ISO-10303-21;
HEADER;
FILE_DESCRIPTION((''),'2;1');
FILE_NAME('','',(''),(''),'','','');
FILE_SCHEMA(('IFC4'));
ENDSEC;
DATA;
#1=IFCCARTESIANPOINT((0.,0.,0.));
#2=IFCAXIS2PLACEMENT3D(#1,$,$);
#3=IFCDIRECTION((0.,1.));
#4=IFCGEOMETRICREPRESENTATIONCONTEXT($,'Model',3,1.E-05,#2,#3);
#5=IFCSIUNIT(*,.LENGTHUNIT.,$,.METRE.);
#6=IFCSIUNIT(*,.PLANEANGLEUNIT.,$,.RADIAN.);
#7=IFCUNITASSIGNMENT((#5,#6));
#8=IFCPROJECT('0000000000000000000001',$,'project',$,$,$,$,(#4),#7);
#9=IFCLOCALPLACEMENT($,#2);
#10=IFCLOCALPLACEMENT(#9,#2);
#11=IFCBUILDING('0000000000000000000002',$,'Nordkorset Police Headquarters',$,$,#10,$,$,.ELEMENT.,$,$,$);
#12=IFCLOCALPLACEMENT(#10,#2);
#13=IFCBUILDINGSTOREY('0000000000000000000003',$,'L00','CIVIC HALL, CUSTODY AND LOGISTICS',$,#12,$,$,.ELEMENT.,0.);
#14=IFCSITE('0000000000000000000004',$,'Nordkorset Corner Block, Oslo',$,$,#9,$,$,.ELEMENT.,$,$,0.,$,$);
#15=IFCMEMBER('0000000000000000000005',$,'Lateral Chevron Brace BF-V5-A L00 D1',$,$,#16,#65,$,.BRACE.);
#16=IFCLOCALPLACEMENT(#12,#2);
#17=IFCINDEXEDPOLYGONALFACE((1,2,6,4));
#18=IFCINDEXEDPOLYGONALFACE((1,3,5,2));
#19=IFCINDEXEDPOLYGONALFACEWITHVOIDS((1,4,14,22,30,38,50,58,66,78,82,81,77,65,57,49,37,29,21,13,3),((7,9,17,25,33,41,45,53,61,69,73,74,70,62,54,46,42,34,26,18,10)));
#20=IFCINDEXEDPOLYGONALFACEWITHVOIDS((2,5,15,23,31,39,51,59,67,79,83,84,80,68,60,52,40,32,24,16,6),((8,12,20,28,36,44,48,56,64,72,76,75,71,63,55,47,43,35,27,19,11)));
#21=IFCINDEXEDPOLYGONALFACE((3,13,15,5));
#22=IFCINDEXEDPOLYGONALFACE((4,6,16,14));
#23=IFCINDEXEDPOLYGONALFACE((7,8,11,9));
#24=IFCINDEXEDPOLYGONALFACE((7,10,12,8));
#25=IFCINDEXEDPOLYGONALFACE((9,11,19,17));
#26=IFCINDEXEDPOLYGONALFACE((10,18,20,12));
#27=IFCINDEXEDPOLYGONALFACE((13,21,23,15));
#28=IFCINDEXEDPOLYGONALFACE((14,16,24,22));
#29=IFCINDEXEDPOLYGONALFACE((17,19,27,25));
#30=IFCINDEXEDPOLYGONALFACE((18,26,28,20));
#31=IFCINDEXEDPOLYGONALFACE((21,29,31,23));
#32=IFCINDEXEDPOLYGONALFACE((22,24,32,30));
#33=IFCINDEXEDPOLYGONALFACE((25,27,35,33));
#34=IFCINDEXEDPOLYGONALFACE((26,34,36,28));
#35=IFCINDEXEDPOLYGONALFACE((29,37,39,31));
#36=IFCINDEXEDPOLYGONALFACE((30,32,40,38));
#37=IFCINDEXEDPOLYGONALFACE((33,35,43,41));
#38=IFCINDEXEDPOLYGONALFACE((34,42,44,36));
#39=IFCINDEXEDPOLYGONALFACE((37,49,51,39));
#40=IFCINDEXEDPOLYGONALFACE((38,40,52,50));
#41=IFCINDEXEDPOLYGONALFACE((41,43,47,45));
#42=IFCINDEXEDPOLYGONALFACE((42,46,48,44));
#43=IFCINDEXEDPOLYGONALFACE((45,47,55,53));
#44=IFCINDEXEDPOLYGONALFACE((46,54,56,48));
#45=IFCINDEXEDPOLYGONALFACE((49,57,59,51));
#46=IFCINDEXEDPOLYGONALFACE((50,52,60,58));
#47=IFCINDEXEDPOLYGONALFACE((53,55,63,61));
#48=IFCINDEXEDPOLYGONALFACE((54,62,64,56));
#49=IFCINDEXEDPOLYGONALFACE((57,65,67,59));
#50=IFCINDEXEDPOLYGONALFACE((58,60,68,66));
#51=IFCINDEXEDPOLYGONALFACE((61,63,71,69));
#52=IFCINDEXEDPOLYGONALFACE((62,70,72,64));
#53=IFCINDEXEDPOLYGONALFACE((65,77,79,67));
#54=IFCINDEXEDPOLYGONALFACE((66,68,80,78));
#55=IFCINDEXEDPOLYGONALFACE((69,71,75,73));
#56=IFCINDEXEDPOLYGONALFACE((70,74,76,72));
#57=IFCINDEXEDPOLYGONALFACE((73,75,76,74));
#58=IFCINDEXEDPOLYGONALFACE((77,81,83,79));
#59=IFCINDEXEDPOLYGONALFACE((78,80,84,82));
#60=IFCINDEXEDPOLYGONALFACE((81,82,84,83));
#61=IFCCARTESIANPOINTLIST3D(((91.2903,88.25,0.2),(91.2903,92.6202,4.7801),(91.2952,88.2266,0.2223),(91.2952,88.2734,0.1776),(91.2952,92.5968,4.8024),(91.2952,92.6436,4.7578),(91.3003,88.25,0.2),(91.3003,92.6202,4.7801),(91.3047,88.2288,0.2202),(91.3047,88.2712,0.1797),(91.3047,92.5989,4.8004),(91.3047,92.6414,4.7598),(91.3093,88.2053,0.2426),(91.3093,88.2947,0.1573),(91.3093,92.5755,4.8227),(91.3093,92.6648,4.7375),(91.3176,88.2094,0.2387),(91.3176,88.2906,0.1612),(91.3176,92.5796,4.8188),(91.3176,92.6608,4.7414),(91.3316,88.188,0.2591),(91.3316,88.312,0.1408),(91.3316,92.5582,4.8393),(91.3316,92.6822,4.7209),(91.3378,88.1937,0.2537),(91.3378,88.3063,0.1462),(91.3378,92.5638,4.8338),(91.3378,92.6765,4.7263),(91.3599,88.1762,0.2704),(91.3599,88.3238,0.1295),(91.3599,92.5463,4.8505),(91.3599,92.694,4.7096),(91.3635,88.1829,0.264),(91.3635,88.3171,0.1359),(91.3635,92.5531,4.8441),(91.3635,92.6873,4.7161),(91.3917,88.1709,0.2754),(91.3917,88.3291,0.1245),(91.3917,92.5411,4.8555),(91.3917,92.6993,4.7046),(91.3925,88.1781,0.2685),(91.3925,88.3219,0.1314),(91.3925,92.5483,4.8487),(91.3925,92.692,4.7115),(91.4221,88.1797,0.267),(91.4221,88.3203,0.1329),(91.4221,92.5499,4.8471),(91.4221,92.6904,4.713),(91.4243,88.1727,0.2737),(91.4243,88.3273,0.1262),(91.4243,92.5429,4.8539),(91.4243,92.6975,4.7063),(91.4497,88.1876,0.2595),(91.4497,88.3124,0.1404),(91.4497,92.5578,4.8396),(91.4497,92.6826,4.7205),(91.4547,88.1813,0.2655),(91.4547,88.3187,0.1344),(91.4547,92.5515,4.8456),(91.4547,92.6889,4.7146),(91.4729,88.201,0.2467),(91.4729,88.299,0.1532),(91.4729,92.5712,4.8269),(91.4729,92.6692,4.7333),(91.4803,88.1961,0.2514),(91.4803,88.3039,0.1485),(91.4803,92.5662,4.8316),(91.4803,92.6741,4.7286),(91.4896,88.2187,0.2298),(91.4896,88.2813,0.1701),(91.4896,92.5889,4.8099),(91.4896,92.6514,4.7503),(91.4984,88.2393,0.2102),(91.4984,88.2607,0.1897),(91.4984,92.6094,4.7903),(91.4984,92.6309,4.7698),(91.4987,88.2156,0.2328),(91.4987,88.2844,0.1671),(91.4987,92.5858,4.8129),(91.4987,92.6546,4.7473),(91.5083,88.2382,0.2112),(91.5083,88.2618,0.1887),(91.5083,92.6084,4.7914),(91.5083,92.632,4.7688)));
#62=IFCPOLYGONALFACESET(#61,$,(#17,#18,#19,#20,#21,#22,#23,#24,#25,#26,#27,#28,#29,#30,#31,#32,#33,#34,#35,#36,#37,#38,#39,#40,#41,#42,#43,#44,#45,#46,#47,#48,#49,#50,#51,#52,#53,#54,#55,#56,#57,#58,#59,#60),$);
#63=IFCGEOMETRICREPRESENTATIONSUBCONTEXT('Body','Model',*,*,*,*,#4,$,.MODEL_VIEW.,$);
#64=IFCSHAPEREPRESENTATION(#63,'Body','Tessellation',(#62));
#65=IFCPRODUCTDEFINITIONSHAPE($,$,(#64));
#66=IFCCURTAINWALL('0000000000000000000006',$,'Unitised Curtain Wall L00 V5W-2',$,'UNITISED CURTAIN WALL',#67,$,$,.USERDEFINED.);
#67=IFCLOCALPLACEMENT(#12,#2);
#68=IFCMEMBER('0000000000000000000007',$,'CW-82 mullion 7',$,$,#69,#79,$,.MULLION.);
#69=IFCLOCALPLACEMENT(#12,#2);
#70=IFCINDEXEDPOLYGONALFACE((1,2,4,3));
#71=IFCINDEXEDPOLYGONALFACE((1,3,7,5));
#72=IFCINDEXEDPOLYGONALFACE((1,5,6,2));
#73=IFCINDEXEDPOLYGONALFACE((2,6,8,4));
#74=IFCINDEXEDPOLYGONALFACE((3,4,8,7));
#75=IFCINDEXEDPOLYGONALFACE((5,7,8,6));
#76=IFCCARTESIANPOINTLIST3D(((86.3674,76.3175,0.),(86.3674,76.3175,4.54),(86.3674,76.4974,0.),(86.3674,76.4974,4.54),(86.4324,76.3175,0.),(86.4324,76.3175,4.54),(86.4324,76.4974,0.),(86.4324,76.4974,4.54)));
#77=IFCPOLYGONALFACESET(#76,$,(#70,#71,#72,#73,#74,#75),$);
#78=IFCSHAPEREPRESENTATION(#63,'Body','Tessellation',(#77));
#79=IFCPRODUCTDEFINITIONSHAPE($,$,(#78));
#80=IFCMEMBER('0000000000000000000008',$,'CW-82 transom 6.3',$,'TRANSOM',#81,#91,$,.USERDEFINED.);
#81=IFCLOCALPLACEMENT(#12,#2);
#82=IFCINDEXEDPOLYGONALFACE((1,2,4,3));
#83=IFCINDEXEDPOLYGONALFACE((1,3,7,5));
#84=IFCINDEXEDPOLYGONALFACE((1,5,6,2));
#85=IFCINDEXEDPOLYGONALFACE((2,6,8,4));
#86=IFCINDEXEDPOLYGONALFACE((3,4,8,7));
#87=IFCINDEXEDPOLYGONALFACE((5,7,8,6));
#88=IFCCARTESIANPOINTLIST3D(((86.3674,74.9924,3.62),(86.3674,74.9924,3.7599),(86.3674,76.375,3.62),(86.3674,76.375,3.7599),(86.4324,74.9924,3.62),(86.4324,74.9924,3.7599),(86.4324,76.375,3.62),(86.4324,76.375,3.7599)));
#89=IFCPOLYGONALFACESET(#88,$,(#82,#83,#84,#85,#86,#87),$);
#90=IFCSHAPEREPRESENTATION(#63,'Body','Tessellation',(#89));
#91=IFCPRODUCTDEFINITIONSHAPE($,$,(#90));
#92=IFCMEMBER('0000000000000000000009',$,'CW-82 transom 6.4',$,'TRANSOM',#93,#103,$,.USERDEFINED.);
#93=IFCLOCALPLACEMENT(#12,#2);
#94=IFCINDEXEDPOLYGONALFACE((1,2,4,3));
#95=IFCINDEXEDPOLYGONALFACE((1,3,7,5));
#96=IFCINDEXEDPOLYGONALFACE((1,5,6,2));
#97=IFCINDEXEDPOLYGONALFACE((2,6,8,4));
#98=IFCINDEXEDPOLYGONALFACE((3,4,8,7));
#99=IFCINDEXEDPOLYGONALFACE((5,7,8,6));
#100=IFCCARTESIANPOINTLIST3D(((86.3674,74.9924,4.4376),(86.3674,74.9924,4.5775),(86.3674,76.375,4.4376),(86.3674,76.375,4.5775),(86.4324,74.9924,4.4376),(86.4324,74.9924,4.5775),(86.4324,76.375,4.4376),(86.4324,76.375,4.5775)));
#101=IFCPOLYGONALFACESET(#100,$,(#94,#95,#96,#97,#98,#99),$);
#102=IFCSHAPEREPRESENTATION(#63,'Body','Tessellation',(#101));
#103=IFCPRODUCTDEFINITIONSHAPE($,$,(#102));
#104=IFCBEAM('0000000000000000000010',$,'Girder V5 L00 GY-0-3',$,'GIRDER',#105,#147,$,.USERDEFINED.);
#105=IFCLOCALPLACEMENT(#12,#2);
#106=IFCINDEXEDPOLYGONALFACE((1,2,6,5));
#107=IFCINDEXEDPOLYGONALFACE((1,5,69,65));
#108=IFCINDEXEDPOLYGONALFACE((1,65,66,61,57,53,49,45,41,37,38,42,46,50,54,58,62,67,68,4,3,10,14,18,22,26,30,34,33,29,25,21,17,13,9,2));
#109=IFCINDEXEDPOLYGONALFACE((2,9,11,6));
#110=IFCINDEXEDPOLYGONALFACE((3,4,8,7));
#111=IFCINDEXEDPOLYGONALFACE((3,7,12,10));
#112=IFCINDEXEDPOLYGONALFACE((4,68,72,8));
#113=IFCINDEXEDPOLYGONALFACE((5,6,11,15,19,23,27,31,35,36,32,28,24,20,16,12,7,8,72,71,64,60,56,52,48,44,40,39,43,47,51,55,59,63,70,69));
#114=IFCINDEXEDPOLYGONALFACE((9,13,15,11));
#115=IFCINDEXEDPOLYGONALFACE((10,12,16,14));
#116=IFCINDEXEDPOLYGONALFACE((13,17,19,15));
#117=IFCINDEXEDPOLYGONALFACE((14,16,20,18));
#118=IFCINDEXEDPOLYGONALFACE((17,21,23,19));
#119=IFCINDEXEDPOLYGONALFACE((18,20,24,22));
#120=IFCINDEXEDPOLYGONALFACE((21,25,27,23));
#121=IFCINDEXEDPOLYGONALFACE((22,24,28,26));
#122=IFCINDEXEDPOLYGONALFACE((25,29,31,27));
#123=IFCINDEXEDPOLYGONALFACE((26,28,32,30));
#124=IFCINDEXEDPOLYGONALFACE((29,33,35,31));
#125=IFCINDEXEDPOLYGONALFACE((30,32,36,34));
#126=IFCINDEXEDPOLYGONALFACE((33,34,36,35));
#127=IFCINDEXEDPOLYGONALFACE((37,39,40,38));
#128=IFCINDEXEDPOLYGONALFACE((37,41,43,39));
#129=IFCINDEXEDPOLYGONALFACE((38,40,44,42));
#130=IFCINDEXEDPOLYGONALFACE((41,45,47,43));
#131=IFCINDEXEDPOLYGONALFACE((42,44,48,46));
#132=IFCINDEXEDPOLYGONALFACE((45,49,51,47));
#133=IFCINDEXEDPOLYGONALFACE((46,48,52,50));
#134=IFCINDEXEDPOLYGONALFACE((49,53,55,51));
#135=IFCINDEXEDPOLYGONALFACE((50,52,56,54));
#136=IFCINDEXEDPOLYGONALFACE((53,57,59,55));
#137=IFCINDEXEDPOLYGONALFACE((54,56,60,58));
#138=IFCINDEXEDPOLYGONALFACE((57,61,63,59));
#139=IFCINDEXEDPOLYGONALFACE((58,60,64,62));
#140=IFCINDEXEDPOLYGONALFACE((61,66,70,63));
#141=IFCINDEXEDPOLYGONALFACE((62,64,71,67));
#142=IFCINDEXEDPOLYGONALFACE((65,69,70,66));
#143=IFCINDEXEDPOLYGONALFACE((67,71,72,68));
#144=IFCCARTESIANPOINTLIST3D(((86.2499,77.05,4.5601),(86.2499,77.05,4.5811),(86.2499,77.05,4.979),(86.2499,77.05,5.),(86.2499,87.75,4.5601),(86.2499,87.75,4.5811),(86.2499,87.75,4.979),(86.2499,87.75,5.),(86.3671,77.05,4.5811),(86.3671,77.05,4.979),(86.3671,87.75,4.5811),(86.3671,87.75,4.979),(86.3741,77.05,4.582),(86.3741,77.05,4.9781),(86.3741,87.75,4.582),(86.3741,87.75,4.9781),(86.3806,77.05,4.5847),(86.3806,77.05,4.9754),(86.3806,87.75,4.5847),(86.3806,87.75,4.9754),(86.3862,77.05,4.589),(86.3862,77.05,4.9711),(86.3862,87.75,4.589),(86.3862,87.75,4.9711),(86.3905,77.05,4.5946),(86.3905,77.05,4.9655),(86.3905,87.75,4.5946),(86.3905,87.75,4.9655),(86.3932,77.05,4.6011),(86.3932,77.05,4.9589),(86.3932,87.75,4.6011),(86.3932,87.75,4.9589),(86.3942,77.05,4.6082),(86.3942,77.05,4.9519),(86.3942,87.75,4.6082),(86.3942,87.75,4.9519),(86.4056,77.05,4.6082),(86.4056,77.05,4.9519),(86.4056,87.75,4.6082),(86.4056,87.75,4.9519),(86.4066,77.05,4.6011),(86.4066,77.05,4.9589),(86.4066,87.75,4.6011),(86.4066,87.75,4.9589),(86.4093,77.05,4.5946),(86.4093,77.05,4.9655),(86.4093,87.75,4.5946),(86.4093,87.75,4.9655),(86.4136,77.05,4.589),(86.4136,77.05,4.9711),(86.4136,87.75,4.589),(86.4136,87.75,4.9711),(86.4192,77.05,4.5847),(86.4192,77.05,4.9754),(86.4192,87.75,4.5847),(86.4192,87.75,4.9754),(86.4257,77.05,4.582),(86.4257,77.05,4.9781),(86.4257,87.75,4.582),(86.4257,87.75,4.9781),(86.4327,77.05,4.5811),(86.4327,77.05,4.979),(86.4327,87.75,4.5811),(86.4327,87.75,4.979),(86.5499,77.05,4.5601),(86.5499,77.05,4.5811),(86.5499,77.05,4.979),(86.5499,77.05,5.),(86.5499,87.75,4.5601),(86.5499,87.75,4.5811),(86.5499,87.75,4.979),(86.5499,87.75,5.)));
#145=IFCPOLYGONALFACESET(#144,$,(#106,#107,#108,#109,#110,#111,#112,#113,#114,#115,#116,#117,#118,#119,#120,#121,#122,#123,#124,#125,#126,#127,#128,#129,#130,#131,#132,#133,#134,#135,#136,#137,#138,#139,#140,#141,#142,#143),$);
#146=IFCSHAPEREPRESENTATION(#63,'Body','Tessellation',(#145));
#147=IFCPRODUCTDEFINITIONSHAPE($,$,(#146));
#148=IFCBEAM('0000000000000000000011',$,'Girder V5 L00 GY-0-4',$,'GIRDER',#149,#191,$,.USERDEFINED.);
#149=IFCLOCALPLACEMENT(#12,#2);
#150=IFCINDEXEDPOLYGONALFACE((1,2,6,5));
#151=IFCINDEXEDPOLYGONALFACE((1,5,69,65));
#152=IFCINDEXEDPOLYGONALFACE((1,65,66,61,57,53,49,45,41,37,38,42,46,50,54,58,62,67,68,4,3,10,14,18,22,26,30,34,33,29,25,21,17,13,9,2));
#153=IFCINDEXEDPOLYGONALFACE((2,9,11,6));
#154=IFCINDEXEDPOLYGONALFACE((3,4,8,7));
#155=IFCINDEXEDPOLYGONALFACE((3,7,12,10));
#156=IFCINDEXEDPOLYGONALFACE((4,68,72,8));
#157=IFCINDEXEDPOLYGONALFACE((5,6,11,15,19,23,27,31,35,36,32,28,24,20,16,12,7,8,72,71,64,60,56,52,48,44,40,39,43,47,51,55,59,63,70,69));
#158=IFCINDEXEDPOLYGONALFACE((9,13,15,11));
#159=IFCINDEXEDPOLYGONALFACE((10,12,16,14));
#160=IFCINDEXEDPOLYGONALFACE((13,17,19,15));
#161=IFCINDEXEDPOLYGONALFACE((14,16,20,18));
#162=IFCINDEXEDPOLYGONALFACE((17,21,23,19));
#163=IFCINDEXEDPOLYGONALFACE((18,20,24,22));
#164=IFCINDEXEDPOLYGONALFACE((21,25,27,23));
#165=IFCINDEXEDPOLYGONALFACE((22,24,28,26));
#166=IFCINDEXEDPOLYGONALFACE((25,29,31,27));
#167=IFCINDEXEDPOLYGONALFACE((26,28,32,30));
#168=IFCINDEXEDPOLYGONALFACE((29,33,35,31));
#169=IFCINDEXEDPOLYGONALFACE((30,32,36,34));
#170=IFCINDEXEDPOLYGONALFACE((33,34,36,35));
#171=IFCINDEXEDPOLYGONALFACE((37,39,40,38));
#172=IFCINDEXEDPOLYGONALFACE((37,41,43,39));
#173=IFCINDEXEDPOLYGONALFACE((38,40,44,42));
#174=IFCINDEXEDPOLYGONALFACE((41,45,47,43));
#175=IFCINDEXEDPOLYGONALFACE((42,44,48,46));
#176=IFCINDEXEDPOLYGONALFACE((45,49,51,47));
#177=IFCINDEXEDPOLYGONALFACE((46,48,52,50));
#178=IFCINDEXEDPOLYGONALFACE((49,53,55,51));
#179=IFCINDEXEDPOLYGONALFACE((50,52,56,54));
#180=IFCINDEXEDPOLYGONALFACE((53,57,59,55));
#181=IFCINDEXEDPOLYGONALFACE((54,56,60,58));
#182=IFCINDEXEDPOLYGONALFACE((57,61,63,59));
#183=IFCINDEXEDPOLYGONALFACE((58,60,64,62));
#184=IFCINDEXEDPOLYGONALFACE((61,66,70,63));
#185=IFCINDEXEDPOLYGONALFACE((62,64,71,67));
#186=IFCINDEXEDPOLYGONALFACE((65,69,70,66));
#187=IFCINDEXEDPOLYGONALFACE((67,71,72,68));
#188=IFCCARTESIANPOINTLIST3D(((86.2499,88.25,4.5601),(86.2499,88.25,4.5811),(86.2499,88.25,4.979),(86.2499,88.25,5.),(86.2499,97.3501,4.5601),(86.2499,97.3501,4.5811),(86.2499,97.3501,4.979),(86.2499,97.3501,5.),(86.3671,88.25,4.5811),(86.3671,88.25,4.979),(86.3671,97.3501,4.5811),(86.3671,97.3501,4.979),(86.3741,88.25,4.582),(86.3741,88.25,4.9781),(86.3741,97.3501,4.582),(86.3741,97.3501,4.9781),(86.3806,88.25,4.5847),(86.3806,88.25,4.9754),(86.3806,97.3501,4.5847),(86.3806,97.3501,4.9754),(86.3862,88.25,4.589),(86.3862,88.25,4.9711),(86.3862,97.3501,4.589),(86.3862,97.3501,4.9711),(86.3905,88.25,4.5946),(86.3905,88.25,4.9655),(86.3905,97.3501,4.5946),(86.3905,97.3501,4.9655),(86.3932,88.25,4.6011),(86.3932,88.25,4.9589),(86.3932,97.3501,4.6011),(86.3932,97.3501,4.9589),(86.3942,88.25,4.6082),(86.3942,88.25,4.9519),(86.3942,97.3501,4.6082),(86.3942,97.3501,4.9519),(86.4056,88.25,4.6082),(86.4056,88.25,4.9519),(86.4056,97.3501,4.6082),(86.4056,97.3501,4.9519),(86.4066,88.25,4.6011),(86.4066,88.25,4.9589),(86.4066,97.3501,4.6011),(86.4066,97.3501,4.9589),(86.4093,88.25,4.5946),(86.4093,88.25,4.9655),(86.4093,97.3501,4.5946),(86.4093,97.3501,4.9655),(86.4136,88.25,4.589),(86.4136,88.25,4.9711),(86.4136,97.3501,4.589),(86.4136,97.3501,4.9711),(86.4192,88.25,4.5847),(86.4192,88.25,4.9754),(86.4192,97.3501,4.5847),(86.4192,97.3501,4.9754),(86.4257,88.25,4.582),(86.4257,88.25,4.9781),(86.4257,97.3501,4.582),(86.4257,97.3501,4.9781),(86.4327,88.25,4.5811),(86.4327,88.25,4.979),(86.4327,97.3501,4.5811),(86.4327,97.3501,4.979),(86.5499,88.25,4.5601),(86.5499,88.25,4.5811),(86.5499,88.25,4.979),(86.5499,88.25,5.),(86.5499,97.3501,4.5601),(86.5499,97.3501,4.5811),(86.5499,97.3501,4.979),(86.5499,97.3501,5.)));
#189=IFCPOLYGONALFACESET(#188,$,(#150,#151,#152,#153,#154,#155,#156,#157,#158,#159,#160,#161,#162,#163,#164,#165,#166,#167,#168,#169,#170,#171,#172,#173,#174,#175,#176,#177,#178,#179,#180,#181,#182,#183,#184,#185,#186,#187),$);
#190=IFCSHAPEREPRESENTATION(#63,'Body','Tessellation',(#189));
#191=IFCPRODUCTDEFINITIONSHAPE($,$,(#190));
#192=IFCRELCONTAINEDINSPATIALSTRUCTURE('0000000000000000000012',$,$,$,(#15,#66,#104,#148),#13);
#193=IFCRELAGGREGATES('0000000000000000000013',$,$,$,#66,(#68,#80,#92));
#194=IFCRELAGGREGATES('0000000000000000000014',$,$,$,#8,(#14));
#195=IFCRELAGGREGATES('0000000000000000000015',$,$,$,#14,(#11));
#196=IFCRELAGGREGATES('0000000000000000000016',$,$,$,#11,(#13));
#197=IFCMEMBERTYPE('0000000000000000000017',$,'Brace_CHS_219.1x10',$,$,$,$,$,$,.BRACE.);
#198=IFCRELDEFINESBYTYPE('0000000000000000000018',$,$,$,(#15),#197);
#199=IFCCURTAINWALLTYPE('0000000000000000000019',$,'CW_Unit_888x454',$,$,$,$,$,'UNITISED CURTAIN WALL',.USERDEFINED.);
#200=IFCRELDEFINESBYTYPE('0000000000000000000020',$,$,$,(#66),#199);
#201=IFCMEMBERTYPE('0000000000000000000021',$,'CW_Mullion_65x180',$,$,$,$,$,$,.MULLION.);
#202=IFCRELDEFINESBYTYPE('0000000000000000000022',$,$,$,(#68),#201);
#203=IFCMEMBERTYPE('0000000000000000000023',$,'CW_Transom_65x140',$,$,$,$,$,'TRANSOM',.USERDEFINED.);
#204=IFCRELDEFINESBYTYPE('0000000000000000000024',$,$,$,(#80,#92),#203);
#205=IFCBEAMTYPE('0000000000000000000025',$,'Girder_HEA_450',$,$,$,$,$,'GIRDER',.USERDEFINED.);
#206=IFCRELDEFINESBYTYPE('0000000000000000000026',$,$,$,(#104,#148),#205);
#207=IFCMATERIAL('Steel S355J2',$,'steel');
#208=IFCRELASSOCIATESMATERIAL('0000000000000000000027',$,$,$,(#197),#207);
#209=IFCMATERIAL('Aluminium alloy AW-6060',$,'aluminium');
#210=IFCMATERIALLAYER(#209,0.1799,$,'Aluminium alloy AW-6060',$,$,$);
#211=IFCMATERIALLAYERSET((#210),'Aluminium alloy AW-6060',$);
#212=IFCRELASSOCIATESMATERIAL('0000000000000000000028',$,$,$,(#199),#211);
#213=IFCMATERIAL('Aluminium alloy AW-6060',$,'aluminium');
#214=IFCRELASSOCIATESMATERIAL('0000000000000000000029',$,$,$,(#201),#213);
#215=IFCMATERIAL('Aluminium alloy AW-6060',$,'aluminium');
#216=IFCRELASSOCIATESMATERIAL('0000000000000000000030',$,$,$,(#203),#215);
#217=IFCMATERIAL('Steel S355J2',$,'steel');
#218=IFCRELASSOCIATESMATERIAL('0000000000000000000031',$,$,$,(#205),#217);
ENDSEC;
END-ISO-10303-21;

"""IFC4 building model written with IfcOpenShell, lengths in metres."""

from ifc_helpers import new_model, si_unit, direction, frame, origin, origin_2d, place, context, subcontext, project, spatial, rectangle, hollow_circle, i_section, extrude, material, layer, layer_set, material_profile, profile_set, type_object, element, aggregate, save


model = new_model("IFC4")

# Units and contexts
model_context = context("Model", 3, precision=1e-05, world=origin(), true_north=direction((0.0, 1.0)))
body_context = subcontext(model_context, "Body", "Model", "MODEL_VIEW")
ifc_project = project(units=[si_unit("LENGTHUNIT", "METRE"), si_unit("PLANEANGLEUNIT", "RADIAN")], contexts=[model_context])

# Site, building, storey
site_placement = place(None, origin())
site = spatial("IfcSite", under=ifc_project, at=site_placement, Name="Nordkorset Corner Block, Oslo", CompositionType="ELEMENT", RefElevation=0.0)
building_placement = place(site_placement, origin())
building = spatial("IfcBuilding", under=site, at=building_placement, Name="Nordkorset Police Headquarters", CompositionType="ELEMENT")
storey_placement = place(building_placement, origin())
storey = spatial("IfcBuildingStorey", under=building, at=storey_placement, Name="L00", Description="CIVIC HALL, CUSTODY AND LOGISTICS", CompositionType="ELEMENT", Elevation=0.0)

# Member
ifc_material_1 = material(Name="Steel S355J2", Category="steel")
ifc_material_profile_1 = material_profile(ifc_material_1, hollow_circle(Radius=0.1096, WallThickness=0.01, at=origin_2d()), Name="CHS 219.1x10")
ifc_profile_set_1 = profile_set([ifc_material_profile_1], Name="Steel S355J2")
member_type_1 = type_object("IfcMemberType", Name="Brace_CHS_219.1x10", PredefinedType="BRACE", material=ifc_profile_set_1)
member_1_placement = place(storey_placement, frame((91.3999, 88.25, 0.2), z_axis=(0.0, 0.690329, 0.723496), x_axis=(-1.0, 0.0, 0.0)))
element("IfcMember", 1, at=member_1_placement, inside=storey, type_object=member_type_1, Name="Lateral Chevron Brace BF-V5-A L00 D1", PredefinedType="BRACE", context=body_context, shape_type="SweptSolid", body=[
    extrude(hollow_circle(Radius=0.1096, WallThickness=0.01, at=origin_2d()), origin(), (0.0, 0.0, 1.0), 6.3306),
])

# Curtain wall, members
ifc_material_2 = material(Name="Aluminium alloy AW-6060", Category="aluminium")
ifc_layer_1 = layer(ifc_material_2, 0.1799, Name="Aluminium alloy AW-6060")
ifc_layer_set_1 = layer_set([ifc_layer_1], Name="Aluminium alloy AW-6060")
curtain_wall_type = type_object("IfcCurtainWallType", Name="CW_Unit_888x454", ElementType="UNITISED CURTAIN WALL", PredefinedType="USERDEFINED", material=ifc_layer_set_1)
curtain_wall_placement = place(storey_placement, origin())
curtain_wall = element("IfcCurtainWall", 2, at=curtain_wall_placement, inside=storey, type_object=curtain_wall_type, Name="Unitised Curtain Wall L00 V5W-2", ObjectType="UNITISED CURTAIN WALL", PredefinedType="USERDEFINED")
ifc_material_3 = material(Name="Aluminium alloy AW-6060", Category="aluminium")
ifc_material_profile_2 = material_profile(ifc_material_3, rectangle(XDim=0.0649, YDim=0.1799, at=origin_2d()), Name="ALU MULL 65x180")
ifc_profile_set_2 = profile_set([ifc_material_profile_2], Name="Aluminium alloy AW-6060")
member_type_2 = type_object("IfcMemberType", Name="CW_Mullion_65x180", PredefinedType="MULLION", material=ifc_profile_set_2)
member_2_placement = place(storey_placement, frame((86.3999, 76.4075, 0.0), z_axis=(0.0, 0.0, 1.0), x_axis=(-1.0, 0.0, 0.0)))
member_2 = element("IfcMember", 3, at=member_2_placement, type_object=member_type_2, Name="CW-82 mullion 7", PredefinedType="MULLION", context=body_context, shape_type="SweptSolid", body=[
    extrude(rectangle(XDim=0.0649, YDim=0.1799, at=origin_2d()), origin(), (0.0, 0.0, 1.0), 4.54),
])
ifc_material_4 = material(Name="Aluminium alloy AW-6060", Category="aluminium")
ifc_material_profile_3 = material_profile(ifc_material_4, rectangle(XDim=0.0649, YDim=0.1399, at=origin_2d()), Name="ALU TRAN 65x140")
ifc_profile_set_3 = profile_set([ifc_material_profile_3], Name="Aluminium alloy AW-6060")
member_type_3 = type_object("IfcMemberType", Name="CW_Transom_65x140", ElementType="TRANSOM", PredefinedType="USERDEFINED", material=ifc_profile_set_3)
member_3_placement = place(storey_placement, frame((86.3999, 74.9924, 3.6899), z_axis=(0.0, 1.0, 0.0), x_axis=(-1.0, 0.0, 0.0)))
member_3 = element("IfcMember", 4, at=member_3_placement, type_object=member_type_3, Name="CW-82 transom 6.3", ObjectType="TRANSOM", PredefinedType="USERDEFINED", context=body_context, shape_type="SweptSolid", body=[
    extrude(rectangle(XDim=0.0649, YDim=0.1399, at=origin_2d()), origin(), (0.0, 0.0, 1.0), 1.3826),
])
member_4_placement = place(storey_placement, frame((86.3999, 74.9924, 4.5076), z_axis=(0.0, 1.0, 0.0), x_axis=(-1.0, 0.0, 0.0)))
member_4 = element("IfcMember", 5, at=member_4_placement, type_object=member_type_3, Name="CW-82 transom 6.4", ObjectType="TRANSOM", PredefinedType="USERDEFINED", context=body_context, shape_type="SweptSolid", body=[
    extrude(rectangle(XDim=0.0649, YDim=0.1399, at=origin_2d()), origin(), (0.0, 0.0, 1.0), 1.3826),
])

# Beams
ifc_material_5 = material(Name="Steel S355J2", Category="steel")
ifc_material_profile_4 = material_profile(ifc_material_5, i_section(OverallWidth=0.3, OverallDepth=0.4399, WebThickness=0.0115, FlangeThickness=0.021, FilletRadius=0.0271, at=origin_2d()), Name="HEA 450")
ifc_profile_set_4 = profile_set([ifc_material_profile_4], Name="Steel S355J2")
beam_type_1 = type_object("IfcBeamType", Name="Girder_HEA_450", ElementType="GIRDER", PredefinedType="USERDEFINED", material=ifc_profile_set_4)
beam_1_placement = place(storey_placement, frame((86.3999, 77.05, 4.78), z_axis=(0.0, 1.0, 0.0), x_axis=(-1.0, 0.0, 0.0)))
element("IfcBeam", 6, at=beam_1_placement, inside=storey, type_object=beam_type_1, Name="Girder V5 L00 GY-0-3", ObjectType="GIRDER", PredefinedType="USERDEFINED", context=body_context, shape_type="SweptSolid", body=[
    extrude(i_section(OverallWidth=0.3, OverallDepth=0.4399, WebThickness=0.0115, FlangeThickness=0.021, FilletRadius=0.0271, at=origin_2d()), origin(), (0.0, 0.0, 1.0), 10.7),
])
beam_2_placement = place(storey_placement, frame((86.3999, 88.25, 4.78), z_axis=(0.0, 1.0, 0.0), x_axis=(-1.0, 0.0, 0.0)))
element("IfcBeam", 7, at=beam_2_placement, inside=storey, type_object=beam_type_1, Name="Girder V5 L00 GY-0-4", ObjectType="GIRDER", PredefinedType="USERDEFINED", context=body_context, shape_type="SweptSolid", body=[
    extrude(i_section(OverallWidth=0.3, OverallDepth=0.4399, WebThickness=0.0115, FlangeThickness=0.021, FilletRadius=0.0271, at=origin_2d()), origin(), (0.0, 0.0, 1.0), 9.1001),
])

aggregate(curtain_wall, [member_2, member_3, member_4])

save(model, "model.ifc")
